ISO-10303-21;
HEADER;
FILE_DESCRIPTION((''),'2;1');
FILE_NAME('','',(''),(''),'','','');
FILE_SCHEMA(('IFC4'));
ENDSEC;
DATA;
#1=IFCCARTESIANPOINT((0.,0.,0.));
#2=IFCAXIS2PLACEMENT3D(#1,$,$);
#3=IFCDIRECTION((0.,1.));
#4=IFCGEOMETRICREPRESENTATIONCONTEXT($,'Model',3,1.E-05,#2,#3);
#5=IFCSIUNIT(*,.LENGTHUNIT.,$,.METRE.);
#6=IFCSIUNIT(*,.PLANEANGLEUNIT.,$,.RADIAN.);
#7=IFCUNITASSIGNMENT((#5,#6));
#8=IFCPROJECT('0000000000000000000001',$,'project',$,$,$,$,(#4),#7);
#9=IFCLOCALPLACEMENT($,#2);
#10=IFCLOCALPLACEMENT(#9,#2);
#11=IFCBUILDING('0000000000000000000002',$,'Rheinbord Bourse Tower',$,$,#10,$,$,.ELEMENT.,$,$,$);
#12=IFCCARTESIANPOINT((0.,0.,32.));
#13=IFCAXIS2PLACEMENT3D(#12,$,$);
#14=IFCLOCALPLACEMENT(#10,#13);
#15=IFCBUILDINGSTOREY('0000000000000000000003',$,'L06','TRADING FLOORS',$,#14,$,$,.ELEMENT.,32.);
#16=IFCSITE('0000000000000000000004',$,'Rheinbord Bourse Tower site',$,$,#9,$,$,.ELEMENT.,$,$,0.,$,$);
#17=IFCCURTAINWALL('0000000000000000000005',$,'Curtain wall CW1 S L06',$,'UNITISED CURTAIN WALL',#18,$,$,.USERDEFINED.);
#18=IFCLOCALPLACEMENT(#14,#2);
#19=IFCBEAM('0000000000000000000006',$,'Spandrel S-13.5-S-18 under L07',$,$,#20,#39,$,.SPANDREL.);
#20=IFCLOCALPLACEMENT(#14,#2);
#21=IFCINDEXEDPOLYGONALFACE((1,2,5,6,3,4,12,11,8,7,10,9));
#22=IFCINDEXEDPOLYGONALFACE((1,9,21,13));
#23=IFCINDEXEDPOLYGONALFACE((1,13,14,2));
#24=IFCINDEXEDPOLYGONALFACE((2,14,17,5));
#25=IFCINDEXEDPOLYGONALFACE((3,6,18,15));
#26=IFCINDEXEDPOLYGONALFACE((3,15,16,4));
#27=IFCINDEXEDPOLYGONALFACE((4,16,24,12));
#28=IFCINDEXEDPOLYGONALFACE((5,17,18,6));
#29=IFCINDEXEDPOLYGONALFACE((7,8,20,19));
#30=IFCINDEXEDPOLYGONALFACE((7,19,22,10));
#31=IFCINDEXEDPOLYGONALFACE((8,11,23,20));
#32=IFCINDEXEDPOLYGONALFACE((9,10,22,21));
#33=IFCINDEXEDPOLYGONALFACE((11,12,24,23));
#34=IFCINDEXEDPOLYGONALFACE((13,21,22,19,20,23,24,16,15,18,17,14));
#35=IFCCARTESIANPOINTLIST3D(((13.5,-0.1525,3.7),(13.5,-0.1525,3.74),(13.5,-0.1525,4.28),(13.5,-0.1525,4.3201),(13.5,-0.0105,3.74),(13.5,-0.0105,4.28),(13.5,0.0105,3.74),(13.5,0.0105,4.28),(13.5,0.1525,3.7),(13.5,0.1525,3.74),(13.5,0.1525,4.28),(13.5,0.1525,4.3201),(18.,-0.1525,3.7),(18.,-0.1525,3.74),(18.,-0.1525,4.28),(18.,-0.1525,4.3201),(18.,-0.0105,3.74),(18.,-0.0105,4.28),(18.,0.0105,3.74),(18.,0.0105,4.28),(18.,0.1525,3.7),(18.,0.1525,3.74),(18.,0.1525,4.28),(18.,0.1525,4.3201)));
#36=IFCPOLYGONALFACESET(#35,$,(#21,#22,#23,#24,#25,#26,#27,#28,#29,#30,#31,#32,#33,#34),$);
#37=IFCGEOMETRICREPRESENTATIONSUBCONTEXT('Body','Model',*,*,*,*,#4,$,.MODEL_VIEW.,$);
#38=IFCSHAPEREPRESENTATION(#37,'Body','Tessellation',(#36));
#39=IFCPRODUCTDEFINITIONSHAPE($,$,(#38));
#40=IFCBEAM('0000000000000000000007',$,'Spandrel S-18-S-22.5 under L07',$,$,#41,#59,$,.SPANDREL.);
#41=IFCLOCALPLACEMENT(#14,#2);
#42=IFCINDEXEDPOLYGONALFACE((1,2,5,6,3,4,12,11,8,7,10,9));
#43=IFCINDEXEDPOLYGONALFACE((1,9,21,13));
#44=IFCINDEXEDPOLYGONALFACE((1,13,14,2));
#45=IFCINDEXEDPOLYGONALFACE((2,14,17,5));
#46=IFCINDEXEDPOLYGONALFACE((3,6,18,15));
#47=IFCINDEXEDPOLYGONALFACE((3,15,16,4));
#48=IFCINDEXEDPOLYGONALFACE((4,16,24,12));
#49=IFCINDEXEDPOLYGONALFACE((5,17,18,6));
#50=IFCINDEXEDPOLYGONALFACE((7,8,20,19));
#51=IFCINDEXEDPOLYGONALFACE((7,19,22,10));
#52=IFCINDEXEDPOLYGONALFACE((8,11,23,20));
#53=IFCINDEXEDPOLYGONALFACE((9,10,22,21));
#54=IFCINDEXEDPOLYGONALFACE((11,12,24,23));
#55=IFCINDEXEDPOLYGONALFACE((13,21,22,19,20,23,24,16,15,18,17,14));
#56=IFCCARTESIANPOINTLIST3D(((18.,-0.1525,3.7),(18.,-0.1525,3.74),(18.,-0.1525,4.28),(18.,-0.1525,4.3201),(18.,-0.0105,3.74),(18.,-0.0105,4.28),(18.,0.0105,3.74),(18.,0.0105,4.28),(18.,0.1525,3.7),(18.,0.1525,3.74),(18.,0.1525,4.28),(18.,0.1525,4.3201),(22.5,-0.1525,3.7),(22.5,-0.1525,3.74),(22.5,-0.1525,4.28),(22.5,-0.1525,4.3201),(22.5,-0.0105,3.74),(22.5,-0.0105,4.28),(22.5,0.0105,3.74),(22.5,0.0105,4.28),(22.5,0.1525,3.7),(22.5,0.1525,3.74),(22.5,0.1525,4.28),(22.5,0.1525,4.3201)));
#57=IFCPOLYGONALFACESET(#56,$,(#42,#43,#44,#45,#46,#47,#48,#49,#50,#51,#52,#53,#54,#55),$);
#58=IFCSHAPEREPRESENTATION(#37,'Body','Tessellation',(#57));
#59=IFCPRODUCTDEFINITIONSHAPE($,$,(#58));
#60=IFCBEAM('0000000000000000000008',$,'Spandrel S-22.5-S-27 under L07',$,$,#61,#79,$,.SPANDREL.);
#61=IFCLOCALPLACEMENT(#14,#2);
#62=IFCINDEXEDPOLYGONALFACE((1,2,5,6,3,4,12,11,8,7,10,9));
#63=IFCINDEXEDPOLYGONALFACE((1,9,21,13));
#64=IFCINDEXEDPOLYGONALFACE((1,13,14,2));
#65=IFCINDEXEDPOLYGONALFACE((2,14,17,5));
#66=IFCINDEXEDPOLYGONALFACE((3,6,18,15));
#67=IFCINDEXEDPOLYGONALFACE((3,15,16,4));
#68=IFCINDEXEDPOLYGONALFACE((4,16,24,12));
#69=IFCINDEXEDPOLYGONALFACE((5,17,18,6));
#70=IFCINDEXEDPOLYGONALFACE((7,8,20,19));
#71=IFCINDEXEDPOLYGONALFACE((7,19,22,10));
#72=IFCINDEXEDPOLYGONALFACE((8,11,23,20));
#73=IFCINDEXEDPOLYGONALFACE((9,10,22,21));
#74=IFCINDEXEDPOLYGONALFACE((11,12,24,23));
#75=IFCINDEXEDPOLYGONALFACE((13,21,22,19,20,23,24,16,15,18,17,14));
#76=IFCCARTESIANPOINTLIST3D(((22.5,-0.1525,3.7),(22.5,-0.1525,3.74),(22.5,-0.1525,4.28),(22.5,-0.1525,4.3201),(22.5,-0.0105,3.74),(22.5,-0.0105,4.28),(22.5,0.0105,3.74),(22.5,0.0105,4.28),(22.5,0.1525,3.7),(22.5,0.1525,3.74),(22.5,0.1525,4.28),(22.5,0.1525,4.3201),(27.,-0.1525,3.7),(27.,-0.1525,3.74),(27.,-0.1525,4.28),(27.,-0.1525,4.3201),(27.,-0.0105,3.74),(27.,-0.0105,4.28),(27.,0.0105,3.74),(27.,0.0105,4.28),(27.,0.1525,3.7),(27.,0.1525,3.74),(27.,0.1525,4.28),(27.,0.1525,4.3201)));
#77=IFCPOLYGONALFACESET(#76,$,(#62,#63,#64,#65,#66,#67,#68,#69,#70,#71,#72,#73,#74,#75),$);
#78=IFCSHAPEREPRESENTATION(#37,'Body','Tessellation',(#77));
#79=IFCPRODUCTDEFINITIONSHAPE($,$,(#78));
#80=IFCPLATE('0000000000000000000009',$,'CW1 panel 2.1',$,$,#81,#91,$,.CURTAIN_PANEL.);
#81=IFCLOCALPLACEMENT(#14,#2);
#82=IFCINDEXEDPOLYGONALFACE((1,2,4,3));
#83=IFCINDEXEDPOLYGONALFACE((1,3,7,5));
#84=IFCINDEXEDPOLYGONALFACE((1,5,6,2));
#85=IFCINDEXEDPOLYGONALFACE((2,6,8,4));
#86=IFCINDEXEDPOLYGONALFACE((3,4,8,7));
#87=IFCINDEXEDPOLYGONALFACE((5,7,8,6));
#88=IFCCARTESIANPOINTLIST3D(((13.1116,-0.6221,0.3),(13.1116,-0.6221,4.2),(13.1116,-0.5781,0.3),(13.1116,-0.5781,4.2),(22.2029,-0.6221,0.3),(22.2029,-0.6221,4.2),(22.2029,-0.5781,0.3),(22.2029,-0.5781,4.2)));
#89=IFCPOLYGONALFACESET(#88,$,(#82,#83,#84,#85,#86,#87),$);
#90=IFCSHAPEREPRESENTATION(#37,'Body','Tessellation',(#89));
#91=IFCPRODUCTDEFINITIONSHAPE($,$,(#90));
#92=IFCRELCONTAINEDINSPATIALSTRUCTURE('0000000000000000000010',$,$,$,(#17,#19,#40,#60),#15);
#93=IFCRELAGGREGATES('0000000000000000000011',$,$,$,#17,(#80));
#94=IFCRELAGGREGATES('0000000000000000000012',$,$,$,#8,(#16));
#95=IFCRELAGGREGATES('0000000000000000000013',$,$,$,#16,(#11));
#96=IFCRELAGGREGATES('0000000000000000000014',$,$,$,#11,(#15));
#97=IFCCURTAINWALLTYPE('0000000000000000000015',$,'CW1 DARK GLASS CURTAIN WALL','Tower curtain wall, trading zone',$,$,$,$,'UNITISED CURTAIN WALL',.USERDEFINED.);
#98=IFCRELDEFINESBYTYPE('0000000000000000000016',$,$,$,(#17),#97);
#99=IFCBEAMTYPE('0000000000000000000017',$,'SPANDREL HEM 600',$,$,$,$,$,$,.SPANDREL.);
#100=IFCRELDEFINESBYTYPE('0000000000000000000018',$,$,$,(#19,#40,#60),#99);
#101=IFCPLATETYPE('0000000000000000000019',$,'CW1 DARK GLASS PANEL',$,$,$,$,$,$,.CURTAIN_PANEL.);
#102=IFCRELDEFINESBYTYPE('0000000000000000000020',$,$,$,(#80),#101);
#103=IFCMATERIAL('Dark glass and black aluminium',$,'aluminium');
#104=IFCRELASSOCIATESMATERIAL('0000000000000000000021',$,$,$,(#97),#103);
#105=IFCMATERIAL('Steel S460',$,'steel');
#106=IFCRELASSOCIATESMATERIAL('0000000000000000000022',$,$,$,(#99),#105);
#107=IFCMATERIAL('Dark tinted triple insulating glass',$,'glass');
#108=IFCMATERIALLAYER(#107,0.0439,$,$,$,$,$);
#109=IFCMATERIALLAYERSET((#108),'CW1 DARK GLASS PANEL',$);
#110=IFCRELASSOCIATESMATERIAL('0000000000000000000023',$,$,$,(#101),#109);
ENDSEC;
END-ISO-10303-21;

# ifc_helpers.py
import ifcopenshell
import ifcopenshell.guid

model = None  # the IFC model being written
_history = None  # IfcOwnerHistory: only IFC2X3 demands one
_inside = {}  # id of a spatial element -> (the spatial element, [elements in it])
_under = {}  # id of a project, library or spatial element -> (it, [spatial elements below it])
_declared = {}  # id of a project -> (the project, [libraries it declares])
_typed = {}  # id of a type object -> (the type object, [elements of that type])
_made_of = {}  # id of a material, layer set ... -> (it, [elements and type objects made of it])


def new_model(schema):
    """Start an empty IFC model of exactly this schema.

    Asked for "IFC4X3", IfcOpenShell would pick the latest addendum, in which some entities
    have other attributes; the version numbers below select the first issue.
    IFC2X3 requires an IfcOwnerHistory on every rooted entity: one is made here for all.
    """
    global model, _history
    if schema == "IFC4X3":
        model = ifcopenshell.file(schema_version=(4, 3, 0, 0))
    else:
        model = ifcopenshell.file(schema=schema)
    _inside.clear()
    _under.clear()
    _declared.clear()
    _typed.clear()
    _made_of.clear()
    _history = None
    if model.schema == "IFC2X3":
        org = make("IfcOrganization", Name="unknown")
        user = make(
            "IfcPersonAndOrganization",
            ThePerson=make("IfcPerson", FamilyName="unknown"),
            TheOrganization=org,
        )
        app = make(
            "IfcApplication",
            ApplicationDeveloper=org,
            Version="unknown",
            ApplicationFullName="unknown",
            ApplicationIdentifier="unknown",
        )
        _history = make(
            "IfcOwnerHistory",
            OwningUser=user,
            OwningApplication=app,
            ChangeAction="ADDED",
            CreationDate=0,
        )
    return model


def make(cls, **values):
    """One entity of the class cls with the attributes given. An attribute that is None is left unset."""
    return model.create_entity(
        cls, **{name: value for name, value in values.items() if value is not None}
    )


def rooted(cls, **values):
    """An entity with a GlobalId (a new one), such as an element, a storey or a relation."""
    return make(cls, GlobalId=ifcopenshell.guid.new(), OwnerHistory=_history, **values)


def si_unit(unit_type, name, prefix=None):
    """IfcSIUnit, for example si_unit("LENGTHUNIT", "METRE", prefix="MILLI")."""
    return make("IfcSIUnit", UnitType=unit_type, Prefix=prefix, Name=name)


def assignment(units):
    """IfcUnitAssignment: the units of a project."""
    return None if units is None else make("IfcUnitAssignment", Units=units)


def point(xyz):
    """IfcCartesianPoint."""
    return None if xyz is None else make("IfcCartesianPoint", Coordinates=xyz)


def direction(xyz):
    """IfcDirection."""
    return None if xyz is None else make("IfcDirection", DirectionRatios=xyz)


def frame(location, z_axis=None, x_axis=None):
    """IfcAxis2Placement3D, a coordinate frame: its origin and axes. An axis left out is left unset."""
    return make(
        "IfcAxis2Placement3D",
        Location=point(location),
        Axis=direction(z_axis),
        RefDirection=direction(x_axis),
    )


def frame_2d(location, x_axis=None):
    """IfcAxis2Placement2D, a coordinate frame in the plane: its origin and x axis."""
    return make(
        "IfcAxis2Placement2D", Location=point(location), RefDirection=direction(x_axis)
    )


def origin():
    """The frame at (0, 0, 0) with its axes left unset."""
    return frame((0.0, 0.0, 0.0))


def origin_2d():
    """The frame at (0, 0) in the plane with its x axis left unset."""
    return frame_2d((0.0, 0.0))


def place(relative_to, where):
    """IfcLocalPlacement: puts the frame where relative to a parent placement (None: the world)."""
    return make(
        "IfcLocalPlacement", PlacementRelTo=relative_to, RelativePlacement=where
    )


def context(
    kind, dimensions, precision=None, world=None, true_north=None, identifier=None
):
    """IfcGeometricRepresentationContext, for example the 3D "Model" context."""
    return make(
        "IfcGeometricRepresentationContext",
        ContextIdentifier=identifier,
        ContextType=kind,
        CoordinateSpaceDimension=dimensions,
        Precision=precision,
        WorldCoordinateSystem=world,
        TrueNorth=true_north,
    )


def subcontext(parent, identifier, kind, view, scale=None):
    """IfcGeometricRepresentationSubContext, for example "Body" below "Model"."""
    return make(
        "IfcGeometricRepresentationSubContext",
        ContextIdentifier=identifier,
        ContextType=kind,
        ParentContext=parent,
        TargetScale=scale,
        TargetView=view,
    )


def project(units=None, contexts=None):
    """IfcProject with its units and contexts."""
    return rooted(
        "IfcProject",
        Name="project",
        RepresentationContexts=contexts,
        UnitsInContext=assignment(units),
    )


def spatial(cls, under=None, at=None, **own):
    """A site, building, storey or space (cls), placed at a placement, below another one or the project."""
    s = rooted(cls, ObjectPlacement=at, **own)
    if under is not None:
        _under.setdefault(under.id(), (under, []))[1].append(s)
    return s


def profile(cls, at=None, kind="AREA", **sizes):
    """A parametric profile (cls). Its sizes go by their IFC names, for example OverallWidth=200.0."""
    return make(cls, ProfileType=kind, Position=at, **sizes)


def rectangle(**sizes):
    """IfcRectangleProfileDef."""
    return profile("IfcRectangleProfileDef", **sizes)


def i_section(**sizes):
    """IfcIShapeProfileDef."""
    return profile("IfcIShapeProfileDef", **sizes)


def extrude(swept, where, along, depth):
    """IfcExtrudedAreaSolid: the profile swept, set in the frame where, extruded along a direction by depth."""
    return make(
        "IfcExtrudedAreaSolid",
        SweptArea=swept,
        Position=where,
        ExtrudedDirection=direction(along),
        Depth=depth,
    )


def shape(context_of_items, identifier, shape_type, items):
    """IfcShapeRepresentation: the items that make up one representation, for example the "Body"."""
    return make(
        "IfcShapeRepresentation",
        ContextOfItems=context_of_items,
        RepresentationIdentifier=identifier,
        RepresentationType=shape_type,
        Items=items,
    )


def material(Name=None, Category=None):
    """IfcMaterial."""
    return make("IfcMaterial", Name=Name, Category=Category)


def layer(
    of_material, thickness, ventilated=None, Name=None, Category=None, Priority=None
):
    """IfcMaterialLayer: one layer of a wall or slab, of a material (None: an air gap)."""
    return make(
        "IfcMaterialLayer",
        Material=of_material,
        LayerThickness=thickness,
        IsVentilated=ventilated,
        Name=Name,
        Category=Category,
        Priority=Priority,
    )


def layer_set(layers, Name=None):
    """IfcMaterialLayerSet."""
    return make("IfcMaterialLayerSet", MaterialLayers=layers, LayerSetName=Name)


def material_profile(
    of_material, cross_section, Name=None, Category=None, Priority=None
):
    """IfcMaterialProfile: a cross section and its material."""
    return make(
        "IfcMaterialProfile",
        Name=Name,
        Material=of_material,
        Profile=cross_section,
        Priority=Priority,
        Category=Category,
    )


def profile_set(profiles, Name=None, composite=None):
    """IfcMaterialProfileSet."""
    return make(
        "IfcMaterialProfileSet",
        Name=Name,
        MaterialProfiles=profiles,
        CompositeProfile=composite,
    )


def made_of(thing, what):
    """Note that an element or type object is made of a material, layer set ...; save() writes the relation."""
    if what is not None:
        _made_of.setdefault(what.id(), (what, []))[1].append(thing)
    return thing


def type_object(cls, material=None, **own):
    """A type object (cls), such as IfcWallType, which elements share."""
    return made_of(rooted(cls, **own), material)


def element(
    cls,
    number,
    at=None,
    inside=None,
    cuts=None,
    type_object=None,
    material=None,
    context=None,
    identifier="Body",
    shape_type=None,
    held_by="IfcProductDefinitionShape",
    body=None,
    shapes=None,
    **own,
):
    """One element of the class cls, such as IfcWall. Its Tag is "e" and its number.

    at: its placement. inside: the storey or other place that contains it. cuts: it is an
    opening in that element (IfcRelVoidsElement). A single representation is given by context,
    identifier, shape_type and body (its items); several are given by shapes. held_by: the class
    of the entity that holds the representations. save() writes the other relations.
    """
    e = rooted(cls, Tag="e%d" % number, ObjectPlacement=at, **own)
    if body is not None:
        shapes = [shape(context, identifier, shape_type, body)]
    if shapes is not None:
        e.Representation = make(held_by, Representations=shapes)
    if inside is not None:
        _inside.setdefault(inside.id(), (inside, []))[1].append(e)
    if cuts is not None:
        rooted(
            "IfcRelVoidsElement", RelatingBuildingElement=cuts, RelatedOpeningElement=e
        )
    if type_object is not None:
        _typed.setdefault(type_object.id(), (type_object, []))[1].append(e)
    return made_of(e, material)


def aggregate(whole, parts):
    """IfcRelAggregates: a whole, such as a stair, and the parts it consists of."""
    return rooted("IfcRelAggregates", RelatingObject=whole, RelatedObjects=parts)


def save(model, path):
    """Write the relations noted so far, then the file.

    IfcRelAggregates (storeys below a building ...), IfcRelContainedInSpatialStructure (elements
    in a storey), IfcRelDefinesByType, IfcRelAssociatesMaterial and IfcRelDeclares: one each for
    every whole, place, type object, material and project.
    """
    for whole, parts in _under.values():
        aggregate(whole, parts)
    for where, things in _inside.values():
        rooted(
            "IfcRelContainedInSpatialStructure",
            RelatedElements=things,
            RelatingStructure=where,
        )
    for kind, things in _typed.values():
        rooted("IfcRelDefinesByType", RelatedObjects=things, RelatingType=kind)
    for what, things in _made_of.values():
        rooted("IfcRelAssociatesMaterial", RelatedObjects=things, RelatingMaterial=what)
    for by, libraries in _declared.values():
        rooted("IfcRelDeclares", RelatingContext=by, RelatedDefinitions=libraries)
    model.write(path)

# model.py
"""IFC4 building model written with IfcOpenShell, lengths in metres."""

from ifc_helpers import new_model, si_unit, direction, frame, origin, origin_2d, place, context, subcontext, project, spatial, rectangle, i_section, extrude, material, layer, layer_set, material_profile, profile_set, type_object, element, aggregate, save


model = new_model("IFC4")

# Units and contexts
model_context = context("Model", 3, precision=1e-05, world=origin(), true_north=direction((0.0, 1.0)))
body_context = subcontext(model_context, "Body", "Model", "MODEL_VIEW")
ifc_project = project(units=[si_unit("LENGTHUNIT", "METRE"), si_unit("PLANEANGLEUNIT", "RADIAN")], contexts=[model_context])

# Site, building, storey
site_placement = place(None, origin())
site = spatial("IfcSite", under=ifc_project, at=site_placement, Name="Rheinbord Bourse Tower site", CompositionType="ELEMENT", RefElevation=0.0)
building_placement = place(site_placement, origin())
building = spatial("IfcBuilding", under=site, at=building_placement, Name="Rheinbord Bourse Tower", CompositionType="ELEMENT")
storey_placement = place(building_placement, frame((0.0, 0.0, 32.0)))
storey = spatial("IfcBuildingStorey", under=building, at=storey_placement, Name="L06", Description="TRADING FLOORS", CompositionType="ELEMENT", Elevation=32.0)

# Curtain wall
ifc_material_1 = material(Name="Dark glass and black aluminium", Category="aluminium")
curtain_wall_type = type_object("IfcCurtainWallType", Name="CW1 DARK GLASS CURTAIN WALL", Description="Tower curtain wall, trading zone", ElementType="UNITISED CURTAIN WALL", PredefinedType="USERDEFINED", material=ifc_material_1)
curtain_wall_placement = place(storey_placement, origin())
curtain_wall = element("IfcCurtainWall", 1, at=curtain_wall_placement, inside=storey, type_object=curtain_wall_type, Name="Curtain wall CW1 S L06", ObjectType="UNITISED CURTAIN WALL", PredefinedType="USERDEFINED")

# Beams
ifc_material_2 = material(Name="Steel S460", Category="steel")
ifc_material_profile_1 = material_profile(ifc_material_2, i_section(OverallWidth=0.3049, OverallDepth=0.6201, WebThickness=0.021, FlangeThickness=0.04, at=origin_2d()), Name="HEM 600")
ifc_profile_set_1 = profile_set([ifc_material_profile_1], Name="Steel S460")
beam_type_1 = type_object("IfcBeamType", Name="SPANDREL HEM 600", PredefinedType="SPANDREL", material=ifc_profile_set_1)
for number, where, z_axis, x_axis, name in (
    (2, (13.5, 0.0, 4.01), (1.0, 0.0, 0.0), (0.0, 1.0, 0.0), "Spandrel S-13.5-S-18 under L07"),
    (3, (18.0, 0.0, 4.01), (1.0, 0.0, 0.0), (0.0, 1.0, 0.0), "Spandrel S-18-S-22.5 under L07"),
    (4, (22.5, 0.0, 4.01), (1.0, 0.0, 0.0), (0.0, 1.0, 0.0), "Spandrel S-22.5-S-27 under L07"),
):
    element("IfcBeam", number, at=place(storey_placement, frame(where, z_axis=z_axis, x_axis=x_axis)), inside=storey, type_object=beam_type_1, Name=name, PredefinedType="SPANDREL", context=body_context, shape_type="SweptSolid", body=[
        extrude(i_section(OverallWidth=0.3049, OverallDepth=0.6201, WebThickness=0.021, FlangeThickness=0.04, at=origin_2d()), origin(), (0.0, 0.0, 1.0), 4.5),
    ])

# Plate
ifc_material_3 = material(Name="Dark tinted triple insulating glass", Category="glass")
ifc_layer = layer(ifc_material_3, 0.0439)
ifc_layer_set = layer_set([ifc_layer], Name="CW1 DARK GLASS PANEL")
plate_type = type_object("IfcPlateType", Name="CW1 DARK GLASS PANEL", PredefinedType="CURTAIN_PANEL", material=ifc_layer_set)
plate_placement = place(storey_placement, frame((17.6572, -0.6001, 0.3), z_axis=(0.0, 0.0, 1.0), x_axis=(1.0, 0.0, 0.0)))
plate = element("IfcPlate", 5, at=plate_placement, type_object=plate_type, Name="CW1 panel 2.1", PredefinedType="CURTAIN_PANEL", context=body_context, shape_type="SweptSolid", body=[
    extrude(rectangle(XDim=9.0913, YDim=0.0439, at=origin_2d()), origin(), (0.0, 0.0, 1.0), 3.8999),
])
aggregate(curtain_wall, [plate])

save(model, "model.ifc")
